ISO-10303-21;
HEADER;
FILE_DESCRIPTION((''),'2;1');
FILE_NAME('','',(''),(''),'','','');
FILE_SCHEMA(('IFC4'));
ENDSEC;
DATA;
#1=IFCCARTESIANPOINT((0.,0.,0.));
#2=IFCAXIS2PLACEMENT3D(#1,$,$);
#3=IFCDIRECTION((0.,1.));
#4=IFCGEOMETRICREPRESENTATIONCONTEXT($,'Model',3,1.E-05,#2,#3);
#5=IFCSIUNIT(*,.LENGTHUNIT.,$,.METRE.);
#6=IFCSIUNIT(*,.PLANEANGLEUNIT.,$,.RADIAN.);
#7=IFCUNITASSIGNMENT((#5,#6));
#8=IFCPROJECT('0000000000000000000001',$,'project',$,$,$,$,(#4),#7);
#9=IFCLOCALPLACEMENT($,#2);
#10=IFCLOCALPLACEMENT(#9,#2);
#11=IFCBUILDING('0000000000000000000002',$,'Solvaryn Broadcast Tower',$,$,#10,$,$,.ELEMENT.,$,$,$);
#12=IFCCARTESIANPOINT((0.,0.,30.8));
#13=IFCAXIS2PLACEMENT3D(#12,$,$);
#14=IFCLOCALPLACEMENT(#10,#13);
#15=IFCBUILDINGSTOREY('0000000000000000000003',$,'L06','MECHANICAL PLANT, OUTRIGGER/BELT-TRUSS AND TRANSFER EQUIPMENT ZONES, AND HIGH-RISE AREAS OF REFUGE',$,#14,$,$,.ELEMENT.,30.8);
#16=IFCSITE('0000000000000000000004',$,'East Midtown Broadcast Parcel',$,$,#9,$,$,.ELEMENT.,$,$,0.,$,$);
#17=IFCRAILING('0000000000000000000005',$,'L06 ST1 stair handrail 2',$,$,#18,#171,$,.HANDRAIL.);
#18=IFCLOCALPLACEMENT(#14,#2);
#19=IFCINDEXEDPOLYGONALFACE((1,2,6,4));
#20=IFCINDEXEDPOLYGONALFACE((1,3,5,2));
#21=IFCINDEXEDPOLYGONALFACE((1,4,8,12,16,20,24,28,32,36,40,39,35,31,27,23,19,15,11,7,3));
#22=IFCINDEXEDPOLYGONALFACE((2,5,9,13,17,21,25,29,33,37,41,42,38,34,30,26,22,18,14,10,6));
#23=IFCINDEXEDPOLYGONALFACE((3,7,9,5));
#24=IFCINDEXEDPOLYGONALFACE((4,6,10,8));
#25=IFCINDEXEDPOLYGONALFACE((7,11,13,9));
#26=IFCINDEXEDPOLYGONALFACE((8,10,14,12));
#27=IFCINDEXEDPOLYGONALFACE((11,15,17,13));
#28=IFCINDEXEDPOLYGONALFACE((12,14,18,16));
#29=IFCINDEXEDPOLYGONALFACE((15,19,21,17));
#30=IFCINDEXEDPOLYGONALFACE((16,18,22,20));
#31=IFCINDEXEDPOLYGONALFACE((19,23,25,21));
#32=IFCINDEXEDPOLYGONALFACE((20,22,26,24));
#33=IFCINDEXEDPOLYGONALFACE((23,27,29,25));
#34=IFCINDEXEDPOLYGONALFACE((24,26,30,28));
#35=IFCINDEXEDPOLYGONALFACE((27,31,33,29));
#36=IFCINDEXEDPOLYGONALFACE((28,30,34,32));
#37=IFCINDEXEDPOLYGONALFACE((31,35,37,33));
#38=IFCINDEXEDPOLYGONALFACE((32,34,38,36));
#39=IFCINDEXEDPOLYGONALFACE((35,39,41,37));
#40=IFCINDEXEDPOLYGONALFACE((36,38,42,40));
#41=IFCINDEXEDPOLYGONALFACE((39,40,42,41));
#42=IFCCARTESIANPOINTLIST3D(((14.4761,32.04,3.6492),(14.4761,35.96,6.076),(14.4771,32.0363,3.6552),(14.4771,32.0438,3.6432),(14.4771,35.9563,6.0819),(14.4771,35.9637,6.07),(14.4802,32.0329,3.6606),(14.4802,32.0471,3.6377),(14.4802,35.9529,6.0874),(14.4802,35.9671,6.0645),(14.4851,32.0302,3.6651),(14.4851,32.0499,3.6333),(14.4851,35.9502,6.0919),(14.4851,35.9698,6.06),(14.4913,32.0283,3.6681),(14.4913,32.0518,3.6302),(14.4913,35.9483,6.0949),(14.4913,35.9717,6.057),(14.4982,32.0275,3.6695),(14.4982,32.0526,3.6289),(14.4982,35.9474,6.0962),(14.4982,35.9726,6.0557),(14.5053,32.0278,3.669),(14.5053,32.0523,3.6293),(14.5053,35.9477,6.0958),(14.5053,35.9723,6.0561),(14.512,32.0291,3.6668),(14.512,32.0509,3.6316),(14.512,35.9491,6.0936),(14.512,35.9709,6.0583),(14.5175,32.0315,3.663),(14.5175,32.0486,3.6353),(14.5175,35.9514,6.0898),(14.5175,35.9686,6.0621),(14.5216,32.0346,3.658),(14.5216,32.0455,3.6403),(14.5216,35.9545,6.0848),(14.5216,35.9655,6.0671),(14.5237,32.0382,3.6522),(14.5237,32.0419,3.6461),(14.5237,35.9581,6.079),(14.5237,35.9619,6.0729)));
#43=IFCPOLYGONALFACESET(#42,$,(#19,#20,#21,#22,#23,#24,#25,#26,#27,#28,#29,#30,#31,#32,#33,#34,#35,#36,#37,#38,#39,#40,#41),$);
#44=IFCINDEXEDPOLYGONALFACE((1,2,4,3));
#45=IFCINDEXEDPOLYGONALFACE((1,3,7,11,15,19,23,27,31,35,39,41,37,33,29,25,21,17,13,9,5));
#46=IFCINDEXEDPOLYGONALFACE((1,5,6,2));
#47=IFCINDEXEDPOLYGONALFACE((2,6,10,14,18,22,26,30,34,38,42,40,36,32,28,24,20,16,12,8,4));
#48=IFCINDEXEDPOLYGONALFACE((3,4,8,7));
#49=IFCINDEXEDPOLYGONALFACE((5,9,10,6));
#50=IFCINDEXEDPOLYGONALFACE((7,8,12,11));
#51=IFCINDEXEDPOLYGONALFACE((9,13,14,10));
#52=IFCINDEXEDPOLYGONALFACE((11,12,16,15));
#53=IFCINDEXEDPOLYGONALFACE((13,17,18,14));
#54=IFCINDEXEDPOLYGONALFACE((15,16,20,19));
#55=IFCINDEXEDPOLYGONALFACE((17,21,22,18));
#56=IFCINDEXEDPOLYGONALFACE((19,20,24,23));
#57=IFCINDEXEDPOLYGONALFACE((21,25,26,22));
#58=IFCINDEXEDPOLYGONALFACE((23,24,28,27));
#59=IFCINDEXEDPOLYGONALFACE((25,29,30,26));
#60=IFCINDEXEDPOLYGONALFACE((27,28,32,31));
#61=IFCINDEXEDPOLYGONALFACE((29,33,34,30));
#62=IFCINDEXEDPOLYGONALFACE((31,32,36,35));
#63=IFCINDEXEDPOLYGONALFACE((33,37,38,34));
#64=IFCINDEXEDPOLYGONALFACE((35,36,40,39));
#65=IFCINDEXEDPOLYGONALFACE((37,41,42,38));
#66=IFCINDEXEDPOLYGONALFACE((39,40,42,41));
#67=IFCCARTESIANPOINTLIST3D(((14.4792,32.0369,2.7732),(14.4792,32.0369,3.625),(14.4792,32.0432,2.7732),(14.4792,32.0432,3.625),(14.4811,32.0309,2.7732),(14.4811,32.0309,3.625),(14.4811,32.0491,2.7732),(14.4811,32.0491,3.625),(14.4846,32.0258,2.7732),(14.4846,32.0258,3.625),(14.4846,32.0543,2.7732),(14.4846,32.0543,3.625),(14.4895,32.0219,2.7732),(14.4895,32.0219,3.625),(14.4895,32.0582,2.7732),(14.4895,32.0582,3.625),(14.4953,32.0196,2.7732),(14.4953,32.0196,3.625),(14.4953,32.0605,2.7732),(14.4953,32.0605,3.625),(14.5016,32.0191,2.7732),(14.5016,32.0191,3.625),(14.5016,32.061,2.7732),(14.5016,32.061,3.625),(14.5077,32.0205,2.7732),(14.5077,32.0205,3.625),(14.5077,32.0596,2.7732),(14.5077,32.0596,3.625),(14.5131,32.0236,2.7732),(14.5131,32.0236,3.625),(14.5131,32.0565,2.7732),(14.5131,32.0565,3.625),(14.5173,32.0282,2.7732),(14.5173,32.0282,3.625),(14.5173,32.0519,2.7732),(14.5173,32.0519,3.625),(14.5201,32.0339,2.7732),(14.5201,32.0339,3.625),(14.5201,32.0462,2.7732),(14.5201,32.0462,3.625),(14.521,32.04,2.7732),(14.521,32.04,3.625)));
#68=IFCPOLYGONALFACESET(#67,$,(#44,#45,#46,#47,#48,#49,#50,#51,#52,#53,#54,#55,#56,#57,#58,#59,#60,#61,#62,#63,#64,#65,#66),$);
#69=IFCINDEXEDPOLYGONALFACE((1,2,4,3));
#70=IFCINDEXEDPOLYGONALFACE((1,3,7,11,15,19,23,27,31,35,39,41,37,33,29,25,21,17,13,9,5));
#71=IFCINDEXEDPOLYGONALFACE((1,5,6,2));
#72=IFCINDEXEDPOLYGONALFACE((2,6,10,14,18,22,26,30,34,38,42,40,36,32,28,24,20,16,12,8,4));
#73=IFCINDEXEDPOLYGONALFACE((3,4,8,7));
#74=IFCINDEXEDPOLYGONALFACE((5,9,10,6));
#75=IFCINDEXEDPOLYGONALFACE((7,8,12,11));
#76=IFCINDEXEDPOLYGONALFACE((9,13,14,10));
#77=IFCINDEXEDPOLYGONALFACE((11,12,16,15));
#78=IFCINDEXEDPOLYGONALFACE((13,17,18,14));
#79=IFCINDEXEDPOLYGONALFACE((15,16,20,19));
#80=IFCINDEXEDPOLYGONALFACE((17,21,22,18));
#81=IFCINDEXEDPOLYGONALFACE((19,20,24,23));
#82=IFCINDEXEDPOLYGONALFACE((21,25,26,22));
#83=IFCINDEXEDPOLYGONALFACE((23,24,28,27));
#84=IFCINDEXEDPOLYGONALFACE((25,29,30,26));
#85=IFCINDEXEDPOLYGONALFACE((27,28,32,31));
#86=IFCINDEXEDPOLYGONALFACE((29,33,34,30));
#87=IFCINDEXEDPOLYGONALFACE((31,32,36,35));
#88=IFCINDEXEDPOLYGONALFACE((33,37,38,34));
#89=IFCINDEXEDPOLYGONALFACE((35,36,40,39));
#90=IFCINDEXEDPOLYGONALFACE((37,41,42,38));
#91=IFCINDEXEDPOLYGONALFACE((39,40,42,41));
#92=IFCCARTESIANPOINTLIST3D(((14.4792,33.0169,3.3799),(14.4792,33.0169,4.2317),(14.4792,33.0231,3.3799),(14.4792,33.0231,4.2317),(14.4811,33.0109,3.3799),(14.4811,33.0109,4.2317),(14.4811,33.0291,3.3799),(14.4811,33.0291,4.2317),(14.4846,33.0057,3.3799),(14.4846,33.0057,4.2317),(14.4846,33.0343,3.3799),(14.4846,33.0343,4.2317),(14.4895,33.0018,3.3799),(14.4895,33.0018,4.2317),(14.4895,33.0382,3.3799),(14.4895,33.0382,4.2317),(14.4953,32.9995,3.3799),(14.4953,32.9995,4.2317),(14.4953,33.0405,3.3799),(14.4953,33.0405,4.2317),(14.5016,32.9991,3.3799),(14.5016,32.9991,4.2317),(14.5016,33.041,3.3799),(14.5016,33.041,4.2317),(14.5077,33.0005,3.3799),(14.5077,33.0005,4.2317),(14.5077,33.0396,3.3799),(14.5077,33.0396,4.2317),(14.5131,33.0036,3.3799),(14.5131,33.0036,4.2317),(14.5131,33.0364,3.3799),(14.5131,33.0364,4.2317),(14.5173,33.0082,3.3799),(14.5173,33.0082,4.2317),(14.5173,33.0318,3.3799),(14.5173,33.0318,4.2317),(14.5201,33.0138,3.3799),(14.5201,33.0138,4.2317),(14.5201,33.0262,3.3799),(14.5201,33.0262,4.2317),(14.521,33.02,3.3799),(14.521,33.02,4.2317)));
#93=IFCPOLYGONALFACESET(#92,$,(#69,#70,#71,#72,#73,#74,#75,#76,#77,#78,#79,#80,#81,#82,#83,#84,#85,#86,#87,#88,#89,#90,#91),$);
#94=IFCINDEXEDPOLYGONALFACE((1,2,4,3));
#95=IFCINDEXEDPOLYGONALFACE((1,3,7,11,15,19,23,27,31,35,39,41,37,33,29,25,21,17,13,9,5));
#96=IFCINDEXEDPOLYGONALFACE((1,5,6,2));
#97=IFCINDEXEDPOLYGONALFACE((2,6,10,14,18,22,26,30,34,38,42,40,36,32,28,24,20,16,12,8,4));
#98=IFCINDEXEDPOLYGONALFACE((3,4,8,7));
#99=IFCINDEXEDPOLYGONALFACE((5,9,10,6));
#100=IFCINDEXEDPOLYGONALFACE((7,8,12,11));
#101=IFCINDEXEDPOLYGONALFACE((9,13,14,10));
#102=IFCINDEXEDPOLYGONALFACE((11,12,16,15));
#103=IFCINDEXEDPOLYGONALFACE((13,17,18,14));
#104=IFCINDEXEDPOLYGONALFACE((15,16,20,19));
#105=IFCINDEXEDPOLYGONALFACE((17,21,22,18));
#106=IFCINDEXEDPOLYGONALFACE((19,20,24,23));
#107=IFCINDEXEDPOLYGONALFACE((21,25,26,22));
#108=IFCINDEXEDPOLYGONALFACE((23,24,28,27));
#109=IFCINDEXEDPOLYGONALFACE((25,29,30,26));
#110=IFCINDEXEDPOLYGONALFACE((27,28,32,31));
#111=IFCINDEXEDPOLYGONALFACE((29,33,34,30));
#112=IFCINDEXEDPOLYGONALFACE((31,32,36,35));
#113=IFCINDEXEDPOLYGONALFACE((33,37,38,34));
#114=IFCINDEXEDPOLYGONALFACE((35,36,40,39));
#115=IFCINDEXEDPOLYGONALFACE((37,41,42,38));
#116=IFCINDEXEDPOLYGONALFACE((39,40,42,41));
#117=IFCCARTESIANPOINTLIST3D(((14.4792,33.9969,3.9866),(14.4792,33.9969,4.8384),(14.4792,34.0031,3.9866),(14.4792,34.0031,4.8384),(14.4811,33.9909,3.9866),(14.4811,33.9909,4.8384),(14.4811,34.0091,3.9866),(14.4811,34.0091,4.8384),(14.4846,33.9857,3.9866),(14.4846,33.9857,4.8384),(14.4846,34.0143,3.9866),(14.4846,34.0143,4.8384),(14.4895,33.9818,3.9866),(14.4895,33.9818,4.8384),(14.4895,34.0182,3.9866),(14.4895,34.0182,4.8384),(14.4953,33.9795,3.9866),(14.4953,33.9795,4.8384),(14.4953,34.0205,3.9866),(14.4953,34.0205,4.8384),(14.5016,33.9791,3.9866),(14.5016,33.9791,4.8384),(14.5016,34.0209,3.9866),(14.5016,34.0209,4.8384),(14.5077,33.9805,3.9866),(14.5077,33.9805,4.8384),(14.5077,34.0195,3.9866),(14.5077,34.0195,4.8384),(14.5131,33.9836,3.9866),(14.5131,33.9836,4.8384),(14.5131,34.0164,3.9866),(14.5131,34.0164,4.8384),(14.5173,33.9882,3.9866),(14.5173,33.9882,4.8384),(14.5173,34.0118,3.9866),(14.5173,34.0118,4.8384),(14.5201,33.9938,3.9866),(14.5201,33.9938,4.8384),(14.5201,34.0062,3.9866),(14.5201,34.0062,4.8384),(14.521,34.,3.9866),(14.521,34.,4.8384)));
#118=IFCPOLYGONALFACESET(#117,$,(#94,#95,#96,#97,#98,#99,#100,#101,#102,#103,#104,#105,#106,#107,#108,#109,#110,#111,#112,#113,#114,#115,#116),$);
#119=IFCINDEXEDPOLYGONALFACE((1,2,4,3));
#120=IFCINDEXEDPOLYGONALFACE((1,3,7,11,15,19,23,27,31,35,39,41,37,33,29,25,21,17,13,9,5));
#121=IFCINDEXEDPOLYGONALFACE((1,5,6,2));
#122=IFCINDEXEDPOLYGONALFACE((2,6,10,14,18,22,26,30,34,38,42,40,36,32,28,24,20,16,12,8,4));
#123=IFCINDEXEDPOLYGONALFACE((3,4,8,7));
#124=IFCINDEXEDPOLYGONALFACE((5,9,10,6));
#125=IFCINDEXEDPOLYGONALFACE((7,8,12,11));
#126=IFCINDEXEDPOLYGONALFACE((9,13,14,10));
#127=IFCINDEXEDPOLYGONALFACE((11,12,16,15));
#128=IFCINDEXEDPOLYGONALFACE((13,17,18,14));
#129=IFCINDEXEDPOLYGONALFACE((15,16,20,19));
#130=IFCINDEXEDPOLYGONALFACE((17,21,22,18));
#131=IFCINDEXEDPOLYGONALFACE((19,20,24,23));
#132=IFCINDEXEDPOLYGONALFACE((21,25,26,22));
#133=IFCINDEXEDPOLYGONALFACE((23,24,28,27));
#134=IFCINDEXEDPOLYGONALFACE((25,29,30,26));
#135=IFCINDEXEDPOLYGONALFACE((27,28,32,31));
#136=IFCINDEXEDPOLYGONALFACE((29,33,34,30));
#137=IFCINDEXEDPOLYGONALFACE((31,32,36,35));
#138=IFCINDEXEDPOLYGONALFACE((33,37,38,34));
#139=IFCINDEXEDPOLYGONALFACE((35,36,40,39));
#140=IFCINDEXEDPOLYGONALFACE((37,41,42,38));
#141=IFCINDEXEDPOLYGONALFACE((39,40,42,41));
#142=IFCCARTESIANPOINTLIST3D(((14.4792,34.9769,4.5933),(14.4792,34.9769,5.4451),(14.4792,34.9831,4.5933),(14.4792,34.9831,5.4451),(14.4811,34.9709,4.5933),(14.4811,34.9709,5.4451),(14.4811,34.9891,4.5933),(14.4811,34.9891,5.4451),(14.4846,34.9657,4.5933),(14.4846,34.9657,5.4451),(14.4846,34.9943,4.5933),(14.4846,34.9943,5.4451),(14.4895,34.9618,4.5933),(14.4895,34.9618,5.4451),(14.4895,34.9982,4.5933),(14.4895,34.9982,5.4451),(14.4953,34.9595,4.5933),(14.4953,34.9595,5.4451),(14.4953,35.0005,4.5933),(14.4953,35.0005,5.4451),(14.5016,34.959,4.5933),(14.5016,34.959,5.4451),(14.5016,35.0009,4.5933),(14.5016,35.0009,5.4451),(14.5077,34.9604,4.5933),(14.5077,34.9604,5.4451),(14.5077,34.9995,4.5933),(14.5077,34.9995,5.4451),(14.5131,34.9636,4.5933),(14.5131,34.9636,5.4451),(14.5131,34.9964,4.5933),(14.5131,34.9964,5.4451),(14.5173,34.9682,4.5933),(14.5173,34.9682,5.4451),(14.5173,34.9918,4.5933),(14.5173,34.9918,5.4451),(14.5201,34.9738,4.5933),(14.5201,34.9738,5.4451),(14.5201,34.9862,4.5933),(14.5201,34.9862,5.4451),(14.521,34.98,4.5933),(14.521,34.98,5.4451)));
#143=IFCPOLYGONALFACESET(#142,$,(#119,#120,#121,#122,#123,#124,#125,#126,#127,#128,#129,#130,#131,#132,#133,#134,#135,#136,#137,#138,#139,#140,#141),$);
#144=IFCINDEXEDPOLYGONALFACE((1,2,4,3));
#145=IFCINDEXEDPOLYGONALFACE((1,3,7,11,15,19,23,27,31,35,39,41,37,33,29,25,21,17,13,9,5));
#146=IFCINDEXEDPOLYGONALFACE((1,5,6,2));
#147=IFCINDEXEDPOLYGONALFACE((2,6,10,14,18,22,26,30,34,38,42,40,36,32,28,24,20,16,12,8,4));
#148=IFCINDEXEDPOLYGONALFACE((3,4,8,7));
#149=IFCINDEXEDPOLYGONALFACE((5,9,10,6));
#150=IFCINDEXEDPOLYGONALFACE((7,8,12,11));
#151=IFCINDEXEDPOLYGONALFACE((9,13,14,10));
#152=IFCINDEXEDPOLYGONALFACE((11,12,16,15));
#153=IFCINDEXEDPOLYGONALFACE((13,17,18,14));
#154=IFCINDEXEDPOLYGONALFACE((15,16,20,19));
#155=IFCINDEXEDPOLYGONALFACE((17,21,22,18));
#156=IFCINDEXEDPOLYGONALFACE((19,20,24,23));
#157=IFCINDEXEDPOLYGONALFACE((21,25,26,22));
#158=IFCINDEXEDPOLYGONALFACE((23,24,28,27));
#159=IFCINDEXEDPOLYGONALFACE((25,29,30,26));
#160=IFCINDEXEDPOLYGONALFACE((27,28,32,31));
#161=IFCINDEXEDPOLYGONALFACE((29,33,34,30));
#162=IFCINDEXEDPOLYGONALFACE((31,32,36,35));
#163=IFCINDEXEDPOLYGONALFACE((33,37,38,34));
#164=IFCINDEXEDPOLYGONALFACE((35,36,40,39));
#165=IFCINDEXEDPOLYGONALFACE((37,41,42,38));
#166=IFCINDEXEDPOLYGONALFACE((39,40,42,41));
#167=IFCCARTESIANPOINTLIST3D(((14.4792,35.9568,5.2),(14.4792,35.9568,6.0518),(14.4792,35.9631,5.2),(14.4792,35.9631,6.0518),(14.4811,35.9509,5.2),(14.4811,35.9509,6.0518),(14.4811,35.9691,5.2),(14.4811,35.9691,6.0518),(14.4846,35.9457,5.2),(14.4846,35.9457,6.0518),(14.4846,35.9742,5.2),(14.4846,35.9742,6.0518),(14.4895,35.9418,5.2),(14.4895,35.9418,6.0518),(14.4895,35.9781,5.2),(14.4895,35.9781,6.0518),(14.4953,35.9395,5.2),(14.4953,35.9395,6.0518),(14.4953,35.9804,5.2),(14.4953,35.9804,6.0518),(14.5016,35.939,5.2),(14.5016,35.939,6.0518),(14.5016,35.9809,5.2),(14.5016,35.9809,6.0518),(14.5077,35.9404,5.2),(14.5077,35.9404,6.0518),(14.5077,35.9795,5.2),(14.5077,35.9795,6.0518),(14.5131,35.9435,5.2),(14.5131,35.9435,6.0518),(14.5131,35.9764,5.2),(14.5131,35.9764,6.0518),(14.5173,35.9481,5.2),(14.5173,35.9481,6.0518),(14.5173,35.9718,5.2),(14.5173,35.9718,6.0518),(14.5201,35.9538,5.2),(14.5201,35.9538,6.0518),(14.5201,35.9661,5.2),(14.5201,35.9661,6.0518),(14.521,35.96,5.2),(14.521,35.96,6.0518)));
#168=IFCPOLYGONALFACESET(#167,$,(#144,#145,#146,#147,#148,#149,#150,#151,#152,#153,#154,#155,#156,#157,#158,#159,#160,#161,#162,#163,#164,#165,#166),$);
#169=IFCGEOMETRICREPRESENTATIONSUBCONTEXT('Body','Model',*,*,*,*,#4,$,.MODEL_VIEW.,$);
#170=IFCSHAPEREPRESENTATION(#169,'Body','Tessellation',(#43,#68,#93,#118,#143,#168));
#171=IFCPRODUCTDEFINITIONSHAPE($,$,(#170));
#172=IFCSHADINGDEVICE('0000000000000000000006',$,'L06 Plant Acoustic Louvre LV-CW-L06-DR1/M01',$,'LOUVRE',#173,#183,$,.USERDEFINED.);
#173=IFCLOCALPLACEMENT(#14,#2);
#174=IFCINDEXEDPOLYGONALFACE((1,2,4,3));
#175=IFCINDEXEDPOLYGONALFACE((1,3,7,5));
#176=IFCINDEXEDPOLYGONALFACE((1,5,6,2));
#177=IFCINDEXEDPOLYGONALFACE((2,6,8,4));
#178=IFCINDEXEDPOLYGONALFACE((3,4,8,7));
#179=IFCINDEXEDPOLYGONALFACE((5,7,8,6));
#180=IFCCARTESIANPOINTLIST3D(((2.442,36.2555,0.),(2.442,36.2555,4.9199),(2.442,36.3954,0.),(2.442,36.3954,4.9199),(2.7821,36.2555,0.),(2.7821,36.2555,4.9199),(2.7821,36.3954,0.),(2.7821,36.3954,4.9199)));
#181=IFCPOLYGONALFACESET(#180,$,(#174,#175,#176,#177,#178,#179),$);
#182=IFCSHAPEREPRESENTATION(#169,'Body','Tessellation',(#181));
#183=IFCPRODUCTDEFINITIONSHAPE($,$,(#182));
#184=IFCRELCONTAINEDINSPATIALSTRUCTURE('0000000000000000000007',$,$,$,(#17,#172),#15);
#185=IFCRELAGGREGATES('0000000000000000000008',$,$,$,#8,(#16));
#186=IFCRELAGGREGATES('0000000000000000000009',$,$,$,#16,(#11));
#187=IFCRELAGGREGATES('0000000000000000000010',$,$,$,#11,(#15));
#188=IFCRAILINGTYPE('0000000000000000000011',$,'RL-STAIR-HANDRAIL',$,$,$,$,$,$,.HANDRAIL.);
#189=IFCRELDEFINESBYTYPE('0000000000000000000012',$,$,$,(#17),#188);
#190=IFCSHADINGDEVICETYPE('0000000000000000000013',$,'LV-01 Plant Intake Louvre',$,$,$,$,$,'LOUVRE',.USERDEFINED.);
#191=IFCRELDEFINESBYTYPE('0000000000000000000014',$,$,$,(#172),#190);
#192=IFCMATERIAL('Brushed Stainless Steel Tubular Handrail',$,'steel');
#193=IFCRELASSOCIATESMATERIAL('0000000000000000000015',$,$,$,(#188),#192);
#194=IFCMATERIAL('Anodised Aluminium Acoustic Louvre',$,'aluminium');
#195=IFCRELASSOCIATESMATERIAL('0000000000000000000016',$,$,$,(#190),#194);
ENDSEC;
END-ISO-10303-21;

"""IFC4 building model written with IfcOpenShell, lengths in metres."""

from ifc_helpers import new_model, si_unit, direction, frame, origin, origin_2d, place, context, subcontext, project, spatial, rectangle, circle, extrude, material, type_object, element, save


model = new_model("IFC4")

# Units and contexts
model_context = context("Model", 3, precision=1e-05, world=origin(), true_north=direction((0.0, 1.0)))
body_context = subcontext(model_context, "Body", "Model", "MODEL_VIEW")
ifc_project = project(units=[si_unit("LENGTHUNIT", "METRE"), si_unit("PLANEANGLEUNIT", "RADIAN")], contexts=[model_context])

# Site, building, storey
site_placement = place(None, origin())
site = spatial("IfcSite", under=ifc_project, at=site_placement, Name="East Midtown Broadcast Parcel", CompositionType="ELEMENT", RefElevation=0.0)
building_placement = place(site_placement, origin())
building = spatial("IfcBuilding", under=site, at=building_placement, Name="Solvaryn Broadcast Tower", CompositionType="ELEMENT")
storey_placement = place(building_placement, frame((0.0, 0.0, 30.8)))
storey = spatial("IfcBuildingStorey", under=building, at=storey_placement, Name="L06", Description="MECHANICAL PLANT, OUTRIGGER/BELT-TRUSS AND TRANSFER EQUIPMENT ZONES, AND HIGH-RISE AREAS OF REFUGE", CompositionType="ELEMENT", Elevation=30.8)

# Railing
ifc_material_1 = material(Name="Brushed Stainless Steel Tubular Handrail", Category="steel")
railing_type_1 = type_object("IfcRailingType", Name="RL-STAIR-HANDRAIL", PredefinedType="HANDRAIL", material=ifc_material_1)
railing_1_placement = place(storey_placement, frame((14.5, 32.04, 2.7732)))
element("IfcRailing", 1, at=railing_1_placement, inside=storey, type_object=railing_type_1, Name="L06 ST1 stair handrail 2", PredefinedType="HANDRAIL", context=body_context, shape_type="SweptSolid", body=[
    extrude(circle(Radius=0.0239, at=origin_2d()), frame((0.0, 0.0, 0.876), z_axis=(0.0, 0.850252, 0.526376), x_axis=(-1.0, 0.0, 0.0)), (0.0, 0.0, 1.0), 4.6104),
    extrude(circle(Radius=0.021, at=origin_2d()), origin(), (0.0, 0.0, 1.0), 0.8518),
    extrude(circle(Radius=0.021, at=origin_2d()), frame((0.0, 0.98, 0.6067)), (0.0, 0.0, 1.0), 0.8518),
    extrude(circle(Radius=0.021, at=origin_2d()), frame((0.0, 1.96, 1.2134)), (0.0, 0.0, 1.0), 0.8518),
    extrude(circle(Radius=0.021, at=origin_2d()), frame((0.0, 2.9399, 1.8201)), (0.0, 0.0, 1.0), 0.8518),
    extrude(circle(Radius=0.021, at=origin_2d()), frame((0.0, 3.9199, 2.4268)), (0.0, 0.0, 1.0), 0.8518),
])

# Shading device
ifc_material_2 = material(Name="Anodised Aluminium Acoustic Louvre", Category="aluminium")
shading_device_type = type_object("IfcShadingDeviceType", Name="LV-01 Plant Intake Louvre", ElementType="LOUVRE", PredefinedType="USERDEFINED", material=ifc_material_2)
shading_device_placement = place(storey_placement, frame((2.6121, 36.3254, 0.0), z_axis=(0.0, 0.0, 1.0), x_axis=(1.0, 0.0, 0.0)))
element("IfcShadingDevice", 2, at=shading_device_placement, inside=storey, type_object=shading_device_type, Name="L06 Plant Acoustic Louvre LV-CW-L06-DR1/M01", ObjectType="LOUVRE", PredefinedType="USERDEFINED", context=body_context, shape_type="SweptSolid", body=[
    extrude(rectangle(XDim=0.3401, YDim=0.1399, at=origin_2d()), origin(), (0.0, 0.0, 1.0), 4.9199),
])

save(model, "model.ifc")
